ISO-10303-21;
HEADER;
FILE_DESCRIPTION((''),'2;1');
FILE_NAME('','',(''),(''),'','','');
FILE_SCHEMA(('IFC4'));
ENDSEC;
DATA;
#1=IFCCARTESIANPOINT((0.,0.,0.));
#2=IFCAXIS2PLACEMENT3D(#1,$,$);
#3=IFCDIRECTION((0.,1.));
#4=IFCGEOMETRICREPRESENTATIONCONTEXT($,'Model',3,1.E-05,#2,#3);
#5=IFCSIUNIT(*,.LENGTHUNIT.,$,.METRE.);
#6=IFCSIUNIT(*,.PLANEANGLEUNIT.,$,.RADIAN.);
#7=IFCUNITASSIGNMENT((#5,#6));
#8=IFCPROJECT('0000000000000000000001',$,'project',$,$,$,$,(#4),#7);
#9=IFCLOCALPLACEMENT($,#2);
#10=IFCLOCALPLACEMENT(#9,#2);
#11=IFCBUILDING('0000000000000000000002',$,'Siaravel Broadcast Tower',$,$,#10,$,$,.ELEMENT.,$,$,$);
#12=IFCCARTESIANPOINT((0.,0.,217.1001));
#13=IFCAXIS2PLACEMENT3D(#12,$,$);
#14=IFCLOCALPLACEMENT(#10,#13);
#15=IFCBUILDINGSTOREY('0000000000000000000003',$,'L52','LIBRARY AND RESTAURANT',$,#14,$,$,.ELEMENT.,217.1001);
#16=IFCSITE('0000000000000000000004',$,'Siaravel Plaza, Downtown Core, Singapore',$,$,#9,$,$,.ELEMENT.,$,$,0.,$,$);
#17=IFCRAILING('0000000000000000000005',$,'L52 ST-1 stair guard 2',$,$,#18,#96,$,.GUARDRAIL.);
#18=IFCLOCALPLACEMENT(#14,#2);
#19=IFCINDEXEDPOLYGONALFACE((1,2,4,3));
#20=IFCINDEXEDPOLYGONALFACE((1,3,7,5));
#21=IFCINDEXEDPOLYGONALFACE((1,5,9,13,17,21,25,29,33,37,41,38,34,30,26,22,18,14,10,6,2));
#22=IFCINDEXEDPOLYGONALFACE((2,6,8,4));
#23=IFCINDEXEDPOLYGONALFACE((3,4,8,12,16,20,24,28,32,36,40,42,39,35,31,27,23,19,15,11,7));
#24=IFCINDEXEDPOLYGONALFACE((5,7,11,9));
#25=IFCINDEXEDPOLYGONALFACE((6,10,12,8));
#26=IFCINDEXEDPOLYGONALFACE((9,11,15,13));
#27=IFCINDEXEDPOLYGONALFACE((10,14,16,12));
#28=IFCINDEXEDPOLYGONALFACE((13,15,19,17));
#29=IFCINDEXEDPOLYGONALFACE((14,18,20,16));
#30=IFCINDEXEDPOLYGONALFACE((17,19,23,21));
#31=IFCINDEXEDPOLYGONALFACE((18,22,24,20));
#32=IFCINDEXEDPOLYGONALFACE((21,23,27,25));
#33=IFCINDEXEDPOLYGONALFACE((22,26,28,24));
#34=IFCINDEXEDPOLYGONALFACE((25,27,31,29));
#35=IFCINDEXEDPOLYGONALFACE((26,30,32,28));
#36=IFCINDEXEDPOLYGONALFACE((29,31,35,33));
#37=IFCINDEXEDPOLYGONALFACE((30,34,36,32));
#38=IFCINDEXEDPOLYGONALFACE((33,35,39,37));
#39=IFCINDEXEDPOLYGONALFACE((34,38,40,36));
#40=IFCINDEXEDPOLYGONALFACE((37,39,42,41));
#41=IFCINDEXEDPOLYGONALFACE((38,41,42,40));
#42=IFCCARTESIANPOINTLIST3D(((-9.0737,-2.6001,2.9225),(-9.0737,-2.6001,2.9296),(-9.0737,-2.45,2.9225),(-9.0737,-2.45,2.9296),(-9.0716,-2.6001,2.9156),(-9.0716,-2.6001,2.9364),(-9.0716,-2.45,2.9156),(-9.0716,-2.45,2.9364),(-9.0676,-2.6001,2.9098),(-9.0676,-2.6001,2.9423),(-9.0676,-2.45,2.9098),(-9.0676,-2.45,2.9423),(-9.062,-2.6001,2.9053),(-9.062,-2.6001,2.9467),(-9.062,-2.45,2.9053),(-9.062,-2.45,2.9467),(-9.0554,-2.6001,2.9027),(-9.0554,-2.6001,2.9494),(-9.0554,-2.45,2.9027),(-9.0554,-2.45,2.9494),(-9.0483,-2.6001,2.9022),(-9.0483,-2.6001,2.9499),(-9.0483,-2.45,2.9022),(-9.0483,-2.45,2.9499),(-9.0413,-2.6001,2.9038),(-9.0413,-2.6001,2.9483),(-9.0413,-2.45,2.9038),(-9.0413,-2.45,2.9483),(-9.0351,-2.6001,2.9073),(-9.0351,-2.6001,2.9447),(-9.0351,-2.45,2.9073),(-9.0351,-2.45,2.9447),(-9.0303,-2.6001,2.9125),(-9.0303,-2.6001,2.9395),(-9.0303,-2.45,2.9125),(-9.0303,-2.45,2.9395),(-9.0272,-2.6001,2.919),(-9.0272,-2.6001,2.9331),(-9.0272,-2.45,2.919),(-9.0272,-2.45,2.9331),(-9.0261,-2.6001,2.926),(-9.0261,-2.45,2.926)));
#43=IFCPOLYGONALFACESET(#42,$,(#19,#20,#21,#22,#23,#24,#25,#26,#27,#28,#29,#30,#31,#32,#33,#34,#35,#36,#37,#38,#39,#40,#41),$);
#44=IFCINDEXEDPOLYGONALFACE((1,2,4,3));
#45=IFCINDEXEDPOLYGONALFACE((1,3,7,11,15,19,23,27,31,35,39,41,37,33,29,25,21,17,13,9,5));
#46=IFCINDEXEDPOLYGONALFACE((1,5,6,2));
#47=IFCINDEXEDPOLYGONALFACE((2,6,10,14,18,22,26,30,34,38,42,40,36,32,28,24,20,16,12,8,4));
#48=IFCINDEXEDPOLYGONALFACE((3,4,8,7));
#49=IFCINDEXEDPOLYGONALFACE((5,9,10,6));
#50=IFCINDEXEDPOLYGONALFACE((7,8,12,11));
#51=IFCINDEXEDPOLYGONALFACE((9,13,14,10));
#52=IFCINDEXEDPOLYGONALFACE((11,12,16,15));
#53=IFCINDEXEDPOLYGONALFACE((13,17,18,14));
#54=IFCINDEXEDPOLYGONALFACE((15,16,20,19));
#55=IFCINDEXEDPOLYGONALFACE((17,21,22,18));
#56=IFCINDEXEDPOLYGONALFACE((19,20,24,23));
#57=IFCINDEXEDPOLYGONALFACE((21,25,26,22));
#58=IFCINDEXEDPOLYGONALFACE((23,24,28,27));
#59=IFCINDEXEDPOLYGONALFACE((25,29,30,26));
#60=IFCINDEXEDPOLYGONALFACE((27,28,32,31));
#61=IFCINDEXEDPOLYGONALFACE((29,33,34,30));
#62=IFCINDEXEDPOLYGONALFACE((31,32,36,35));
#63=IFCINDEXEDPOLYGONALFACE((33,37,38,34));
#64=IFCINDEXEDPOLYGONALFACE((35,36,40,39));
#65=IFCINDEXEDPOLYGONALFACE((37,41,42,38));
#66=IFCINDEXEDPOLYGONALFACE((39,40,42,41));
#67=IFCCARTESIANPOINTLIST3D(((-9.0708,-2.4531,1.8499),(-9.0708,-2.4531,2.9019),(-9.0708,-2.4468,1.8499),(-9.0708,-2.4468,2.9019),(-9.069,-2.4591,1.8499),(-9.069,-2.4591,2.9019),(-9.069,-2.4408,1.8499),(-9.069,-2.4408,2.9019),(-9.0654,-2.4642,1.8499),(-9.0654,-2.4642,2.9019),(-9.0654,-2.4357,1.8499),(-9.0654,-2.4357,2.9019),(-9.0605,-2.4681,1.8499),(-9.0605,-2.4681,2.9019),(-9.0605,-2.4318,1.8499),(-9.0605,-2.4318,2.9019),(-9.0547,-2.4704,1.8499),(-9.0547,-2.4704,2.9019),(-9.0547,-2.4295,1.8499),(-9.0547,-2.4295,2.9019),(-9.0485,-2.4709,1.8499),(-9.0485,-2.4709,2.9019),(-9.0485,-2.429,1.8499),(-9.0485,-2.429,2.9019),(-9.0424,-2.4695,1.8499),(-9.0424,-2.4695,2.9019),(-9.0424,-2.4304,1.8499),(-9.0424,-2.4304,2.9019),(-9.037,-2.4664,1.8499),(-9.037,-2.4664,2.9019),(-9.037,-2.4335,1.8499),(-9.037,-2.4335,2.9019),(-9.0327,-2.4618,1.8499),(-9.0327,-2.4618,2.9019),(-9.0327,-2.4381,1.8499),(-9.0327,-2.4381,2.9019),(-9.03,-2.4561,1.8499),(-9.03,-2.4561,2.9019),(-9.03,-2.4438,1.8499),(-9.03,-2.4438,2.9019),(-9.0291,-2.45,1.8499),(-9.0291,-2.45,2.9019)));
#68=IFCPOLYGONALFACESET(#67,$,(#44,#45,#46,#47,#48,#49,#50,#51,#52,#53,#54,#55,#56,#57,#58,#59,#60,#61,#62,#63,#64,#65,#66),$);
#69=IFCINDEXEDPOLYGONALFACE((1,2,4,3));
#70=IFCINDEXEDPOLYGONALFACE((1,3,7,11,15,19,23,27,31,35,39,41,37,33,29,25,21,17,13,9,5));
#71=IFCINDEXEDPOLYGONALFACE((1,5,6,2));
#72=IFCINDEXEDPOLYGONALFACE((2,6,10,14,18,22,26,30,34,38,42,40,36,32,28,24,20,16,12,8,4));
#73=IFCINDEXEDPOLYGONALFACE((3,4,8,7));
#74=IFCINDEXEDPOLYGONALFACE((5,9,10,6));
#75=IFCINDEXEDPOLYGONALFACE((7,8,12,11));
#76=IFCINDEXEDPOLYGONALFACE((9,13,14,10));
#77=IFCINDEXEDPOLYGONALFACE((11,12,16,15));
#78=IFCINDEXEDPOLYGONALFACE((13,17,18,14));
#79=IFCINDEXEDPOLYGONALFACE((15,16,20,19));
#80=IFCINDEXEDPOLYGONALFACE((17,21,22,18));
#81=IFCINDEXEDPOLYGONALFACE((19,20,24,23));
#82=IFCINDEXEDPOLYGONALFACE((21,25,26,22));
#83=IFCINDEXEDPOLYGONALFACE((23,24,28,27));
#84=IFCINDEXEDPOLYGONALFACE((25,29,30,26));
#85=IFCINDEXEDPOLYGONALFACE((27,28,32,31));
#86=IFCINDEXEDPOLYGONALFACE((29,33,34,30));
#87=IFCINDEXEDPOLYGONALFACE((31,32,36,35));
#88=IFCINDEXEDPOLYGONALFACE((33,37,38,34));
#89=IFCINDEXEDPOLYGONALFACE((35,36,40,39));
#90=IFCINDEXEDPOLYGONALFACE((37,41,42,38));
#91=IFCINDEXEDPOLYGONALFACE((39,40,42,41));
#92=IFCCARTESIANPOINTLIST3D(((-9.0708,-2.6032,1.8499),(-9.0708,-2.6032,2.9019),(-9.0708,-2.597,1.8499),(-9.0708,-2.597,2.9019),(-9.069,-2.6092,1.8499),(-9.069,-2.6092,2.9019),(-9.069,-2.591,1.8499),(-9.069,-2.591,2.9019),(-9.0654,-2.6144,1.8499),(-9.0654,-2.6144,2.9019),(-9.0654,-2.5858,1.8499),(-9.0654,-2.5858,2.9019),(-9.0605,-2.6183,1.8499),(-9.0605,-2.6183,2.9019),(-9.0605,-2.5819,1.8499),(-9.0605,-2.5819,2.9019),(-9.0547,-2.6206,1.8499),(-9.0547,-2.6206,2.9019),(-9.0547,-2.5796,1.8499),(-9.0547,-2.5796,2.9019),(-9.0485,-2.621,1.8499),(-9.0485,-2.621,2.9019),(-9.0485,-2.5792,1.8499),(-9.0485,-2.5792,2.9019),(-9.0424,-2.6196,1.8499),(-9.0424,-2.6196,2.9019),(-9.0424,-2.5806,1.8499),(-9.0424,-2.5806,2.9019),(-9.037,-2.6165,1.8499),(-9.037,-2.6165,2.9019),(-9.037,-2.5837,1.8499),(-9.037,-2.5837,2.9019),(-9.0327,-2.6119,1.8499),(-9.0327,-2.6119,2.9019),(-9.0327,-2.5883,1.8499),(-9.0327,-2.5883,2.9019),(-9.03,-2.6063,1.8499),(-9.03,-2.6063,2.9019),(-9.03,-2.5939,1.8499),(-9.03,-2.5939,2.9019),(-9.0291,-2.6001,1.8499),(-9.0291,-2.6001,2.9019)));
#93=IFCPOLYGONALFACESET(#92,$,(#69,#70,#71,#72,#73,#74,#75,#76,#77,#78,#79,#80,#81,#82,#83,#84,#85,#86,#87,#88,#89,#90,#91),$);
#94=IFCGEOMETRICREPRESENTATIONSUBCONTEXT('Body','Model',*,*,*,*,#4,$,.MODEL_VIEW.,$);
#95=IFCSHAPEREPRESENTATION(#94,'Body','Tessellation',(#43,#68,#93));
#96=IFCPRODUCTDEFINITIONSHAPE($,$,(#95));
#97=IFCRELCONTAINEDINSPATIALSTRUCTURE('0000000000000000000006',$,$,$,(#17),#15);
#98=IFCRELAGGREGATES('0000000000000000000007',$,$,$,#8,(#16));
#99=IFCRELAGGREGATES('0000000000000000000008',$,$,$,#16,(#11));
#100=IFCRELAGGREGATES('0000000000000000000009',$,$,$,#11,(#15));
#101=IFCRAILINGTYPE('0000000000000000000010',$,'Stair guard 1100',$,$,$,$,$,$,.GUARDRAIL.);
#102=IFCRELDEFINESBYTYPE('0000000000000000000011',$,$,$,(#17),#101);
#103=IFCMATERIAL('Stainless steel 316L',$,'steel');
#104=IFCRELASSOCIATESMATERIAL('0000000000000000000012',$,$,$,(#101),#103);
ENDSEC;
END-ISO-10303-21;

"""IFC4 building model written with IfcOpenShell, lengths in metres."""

from ifc_helpers import new_model, si_unit, direction, frame, origin, origin_2d, place, context, subcontext, project, spatial, circle, extrude, material, type_object, element, save


model = new_model("IFC4")

# Units and contexts
model_context = context("Model", 3, precision=1e-05, world=origin(), true_north=direction((0.0, 1.0)))
body_context = subcontext(model_context, "Body", "Model", "MODEL_VIEW")
ifc_project = project(units=[si_unit("LENGTHUNIT", "METRE"), si_unit("PLANEANGLEUNIT", "RADIAN")], contexts=[model_context])

# Site, building, storey
site_placement = place(None, origin())
site = spatial("IfcSite", under=ifc_project, at=site_placement, Name="Siaravel Plaza, Downtown Core, Singapore", CompositionType="ELEMENT", RefElevation=0.0)
building_placement = place(site_placement, origin())
building = spatial("IfcBuilding", under=site, at=building_placement, Name="Siaravel Broadcast Tower", CompositionType="ELEMENT")
storey_placement = place(building_placement, frame((0.0, 0.0, 217.1001)))
storey = spatial("IfcBuildingStorey", under=building, at=storey_placement, Name="L52", Description="LIBRARY AND RESTAURANT", CompositionType="ELEMENT", Elevation=217.1001)

# Shared definitions
ifc_material_1 = material(Name="Stainless steel 316L", Category="steel")

# Railing
railing_type_1 = type_object("IfcRailingType", Name="Stair guard 1100", PredefinedType="GUARDRAIL", material=ifc_material_1)
railing_1_placement = place(storey_placement, frame((-9.05, -2.45, 1.8499)))
element("IfcRailing", 1, at=railing_1_placement, inside=storey, type_object=railing_type_1, Name="L52 ST-1 stair guard 2", PredefinedType="GUARDRAIL", context=body_context, shape_type="SweptSolid", body=[
    extrude(circle(Radius=0.0239, at=origin_2d()), frame((0.0, 0.0, 1.0762), z_axis=(0.0, -1.0, 0.0), x_axis=(1.0, 0.0, 0.0)), (0.0, 0.0, 1.0), 0.1501),
    extrude(circle(Radius=0.021, at=origin_2d()), origin(), (0.0, 0.0, 1.0), 1.052),
    extrude(circle(Radius=0.021, at=origin_2d()), frame((0.0, -0.1501, 0.0)), (0.0, 0.0, 1.0), 1.052),
])

save(model, "model.ifc")
